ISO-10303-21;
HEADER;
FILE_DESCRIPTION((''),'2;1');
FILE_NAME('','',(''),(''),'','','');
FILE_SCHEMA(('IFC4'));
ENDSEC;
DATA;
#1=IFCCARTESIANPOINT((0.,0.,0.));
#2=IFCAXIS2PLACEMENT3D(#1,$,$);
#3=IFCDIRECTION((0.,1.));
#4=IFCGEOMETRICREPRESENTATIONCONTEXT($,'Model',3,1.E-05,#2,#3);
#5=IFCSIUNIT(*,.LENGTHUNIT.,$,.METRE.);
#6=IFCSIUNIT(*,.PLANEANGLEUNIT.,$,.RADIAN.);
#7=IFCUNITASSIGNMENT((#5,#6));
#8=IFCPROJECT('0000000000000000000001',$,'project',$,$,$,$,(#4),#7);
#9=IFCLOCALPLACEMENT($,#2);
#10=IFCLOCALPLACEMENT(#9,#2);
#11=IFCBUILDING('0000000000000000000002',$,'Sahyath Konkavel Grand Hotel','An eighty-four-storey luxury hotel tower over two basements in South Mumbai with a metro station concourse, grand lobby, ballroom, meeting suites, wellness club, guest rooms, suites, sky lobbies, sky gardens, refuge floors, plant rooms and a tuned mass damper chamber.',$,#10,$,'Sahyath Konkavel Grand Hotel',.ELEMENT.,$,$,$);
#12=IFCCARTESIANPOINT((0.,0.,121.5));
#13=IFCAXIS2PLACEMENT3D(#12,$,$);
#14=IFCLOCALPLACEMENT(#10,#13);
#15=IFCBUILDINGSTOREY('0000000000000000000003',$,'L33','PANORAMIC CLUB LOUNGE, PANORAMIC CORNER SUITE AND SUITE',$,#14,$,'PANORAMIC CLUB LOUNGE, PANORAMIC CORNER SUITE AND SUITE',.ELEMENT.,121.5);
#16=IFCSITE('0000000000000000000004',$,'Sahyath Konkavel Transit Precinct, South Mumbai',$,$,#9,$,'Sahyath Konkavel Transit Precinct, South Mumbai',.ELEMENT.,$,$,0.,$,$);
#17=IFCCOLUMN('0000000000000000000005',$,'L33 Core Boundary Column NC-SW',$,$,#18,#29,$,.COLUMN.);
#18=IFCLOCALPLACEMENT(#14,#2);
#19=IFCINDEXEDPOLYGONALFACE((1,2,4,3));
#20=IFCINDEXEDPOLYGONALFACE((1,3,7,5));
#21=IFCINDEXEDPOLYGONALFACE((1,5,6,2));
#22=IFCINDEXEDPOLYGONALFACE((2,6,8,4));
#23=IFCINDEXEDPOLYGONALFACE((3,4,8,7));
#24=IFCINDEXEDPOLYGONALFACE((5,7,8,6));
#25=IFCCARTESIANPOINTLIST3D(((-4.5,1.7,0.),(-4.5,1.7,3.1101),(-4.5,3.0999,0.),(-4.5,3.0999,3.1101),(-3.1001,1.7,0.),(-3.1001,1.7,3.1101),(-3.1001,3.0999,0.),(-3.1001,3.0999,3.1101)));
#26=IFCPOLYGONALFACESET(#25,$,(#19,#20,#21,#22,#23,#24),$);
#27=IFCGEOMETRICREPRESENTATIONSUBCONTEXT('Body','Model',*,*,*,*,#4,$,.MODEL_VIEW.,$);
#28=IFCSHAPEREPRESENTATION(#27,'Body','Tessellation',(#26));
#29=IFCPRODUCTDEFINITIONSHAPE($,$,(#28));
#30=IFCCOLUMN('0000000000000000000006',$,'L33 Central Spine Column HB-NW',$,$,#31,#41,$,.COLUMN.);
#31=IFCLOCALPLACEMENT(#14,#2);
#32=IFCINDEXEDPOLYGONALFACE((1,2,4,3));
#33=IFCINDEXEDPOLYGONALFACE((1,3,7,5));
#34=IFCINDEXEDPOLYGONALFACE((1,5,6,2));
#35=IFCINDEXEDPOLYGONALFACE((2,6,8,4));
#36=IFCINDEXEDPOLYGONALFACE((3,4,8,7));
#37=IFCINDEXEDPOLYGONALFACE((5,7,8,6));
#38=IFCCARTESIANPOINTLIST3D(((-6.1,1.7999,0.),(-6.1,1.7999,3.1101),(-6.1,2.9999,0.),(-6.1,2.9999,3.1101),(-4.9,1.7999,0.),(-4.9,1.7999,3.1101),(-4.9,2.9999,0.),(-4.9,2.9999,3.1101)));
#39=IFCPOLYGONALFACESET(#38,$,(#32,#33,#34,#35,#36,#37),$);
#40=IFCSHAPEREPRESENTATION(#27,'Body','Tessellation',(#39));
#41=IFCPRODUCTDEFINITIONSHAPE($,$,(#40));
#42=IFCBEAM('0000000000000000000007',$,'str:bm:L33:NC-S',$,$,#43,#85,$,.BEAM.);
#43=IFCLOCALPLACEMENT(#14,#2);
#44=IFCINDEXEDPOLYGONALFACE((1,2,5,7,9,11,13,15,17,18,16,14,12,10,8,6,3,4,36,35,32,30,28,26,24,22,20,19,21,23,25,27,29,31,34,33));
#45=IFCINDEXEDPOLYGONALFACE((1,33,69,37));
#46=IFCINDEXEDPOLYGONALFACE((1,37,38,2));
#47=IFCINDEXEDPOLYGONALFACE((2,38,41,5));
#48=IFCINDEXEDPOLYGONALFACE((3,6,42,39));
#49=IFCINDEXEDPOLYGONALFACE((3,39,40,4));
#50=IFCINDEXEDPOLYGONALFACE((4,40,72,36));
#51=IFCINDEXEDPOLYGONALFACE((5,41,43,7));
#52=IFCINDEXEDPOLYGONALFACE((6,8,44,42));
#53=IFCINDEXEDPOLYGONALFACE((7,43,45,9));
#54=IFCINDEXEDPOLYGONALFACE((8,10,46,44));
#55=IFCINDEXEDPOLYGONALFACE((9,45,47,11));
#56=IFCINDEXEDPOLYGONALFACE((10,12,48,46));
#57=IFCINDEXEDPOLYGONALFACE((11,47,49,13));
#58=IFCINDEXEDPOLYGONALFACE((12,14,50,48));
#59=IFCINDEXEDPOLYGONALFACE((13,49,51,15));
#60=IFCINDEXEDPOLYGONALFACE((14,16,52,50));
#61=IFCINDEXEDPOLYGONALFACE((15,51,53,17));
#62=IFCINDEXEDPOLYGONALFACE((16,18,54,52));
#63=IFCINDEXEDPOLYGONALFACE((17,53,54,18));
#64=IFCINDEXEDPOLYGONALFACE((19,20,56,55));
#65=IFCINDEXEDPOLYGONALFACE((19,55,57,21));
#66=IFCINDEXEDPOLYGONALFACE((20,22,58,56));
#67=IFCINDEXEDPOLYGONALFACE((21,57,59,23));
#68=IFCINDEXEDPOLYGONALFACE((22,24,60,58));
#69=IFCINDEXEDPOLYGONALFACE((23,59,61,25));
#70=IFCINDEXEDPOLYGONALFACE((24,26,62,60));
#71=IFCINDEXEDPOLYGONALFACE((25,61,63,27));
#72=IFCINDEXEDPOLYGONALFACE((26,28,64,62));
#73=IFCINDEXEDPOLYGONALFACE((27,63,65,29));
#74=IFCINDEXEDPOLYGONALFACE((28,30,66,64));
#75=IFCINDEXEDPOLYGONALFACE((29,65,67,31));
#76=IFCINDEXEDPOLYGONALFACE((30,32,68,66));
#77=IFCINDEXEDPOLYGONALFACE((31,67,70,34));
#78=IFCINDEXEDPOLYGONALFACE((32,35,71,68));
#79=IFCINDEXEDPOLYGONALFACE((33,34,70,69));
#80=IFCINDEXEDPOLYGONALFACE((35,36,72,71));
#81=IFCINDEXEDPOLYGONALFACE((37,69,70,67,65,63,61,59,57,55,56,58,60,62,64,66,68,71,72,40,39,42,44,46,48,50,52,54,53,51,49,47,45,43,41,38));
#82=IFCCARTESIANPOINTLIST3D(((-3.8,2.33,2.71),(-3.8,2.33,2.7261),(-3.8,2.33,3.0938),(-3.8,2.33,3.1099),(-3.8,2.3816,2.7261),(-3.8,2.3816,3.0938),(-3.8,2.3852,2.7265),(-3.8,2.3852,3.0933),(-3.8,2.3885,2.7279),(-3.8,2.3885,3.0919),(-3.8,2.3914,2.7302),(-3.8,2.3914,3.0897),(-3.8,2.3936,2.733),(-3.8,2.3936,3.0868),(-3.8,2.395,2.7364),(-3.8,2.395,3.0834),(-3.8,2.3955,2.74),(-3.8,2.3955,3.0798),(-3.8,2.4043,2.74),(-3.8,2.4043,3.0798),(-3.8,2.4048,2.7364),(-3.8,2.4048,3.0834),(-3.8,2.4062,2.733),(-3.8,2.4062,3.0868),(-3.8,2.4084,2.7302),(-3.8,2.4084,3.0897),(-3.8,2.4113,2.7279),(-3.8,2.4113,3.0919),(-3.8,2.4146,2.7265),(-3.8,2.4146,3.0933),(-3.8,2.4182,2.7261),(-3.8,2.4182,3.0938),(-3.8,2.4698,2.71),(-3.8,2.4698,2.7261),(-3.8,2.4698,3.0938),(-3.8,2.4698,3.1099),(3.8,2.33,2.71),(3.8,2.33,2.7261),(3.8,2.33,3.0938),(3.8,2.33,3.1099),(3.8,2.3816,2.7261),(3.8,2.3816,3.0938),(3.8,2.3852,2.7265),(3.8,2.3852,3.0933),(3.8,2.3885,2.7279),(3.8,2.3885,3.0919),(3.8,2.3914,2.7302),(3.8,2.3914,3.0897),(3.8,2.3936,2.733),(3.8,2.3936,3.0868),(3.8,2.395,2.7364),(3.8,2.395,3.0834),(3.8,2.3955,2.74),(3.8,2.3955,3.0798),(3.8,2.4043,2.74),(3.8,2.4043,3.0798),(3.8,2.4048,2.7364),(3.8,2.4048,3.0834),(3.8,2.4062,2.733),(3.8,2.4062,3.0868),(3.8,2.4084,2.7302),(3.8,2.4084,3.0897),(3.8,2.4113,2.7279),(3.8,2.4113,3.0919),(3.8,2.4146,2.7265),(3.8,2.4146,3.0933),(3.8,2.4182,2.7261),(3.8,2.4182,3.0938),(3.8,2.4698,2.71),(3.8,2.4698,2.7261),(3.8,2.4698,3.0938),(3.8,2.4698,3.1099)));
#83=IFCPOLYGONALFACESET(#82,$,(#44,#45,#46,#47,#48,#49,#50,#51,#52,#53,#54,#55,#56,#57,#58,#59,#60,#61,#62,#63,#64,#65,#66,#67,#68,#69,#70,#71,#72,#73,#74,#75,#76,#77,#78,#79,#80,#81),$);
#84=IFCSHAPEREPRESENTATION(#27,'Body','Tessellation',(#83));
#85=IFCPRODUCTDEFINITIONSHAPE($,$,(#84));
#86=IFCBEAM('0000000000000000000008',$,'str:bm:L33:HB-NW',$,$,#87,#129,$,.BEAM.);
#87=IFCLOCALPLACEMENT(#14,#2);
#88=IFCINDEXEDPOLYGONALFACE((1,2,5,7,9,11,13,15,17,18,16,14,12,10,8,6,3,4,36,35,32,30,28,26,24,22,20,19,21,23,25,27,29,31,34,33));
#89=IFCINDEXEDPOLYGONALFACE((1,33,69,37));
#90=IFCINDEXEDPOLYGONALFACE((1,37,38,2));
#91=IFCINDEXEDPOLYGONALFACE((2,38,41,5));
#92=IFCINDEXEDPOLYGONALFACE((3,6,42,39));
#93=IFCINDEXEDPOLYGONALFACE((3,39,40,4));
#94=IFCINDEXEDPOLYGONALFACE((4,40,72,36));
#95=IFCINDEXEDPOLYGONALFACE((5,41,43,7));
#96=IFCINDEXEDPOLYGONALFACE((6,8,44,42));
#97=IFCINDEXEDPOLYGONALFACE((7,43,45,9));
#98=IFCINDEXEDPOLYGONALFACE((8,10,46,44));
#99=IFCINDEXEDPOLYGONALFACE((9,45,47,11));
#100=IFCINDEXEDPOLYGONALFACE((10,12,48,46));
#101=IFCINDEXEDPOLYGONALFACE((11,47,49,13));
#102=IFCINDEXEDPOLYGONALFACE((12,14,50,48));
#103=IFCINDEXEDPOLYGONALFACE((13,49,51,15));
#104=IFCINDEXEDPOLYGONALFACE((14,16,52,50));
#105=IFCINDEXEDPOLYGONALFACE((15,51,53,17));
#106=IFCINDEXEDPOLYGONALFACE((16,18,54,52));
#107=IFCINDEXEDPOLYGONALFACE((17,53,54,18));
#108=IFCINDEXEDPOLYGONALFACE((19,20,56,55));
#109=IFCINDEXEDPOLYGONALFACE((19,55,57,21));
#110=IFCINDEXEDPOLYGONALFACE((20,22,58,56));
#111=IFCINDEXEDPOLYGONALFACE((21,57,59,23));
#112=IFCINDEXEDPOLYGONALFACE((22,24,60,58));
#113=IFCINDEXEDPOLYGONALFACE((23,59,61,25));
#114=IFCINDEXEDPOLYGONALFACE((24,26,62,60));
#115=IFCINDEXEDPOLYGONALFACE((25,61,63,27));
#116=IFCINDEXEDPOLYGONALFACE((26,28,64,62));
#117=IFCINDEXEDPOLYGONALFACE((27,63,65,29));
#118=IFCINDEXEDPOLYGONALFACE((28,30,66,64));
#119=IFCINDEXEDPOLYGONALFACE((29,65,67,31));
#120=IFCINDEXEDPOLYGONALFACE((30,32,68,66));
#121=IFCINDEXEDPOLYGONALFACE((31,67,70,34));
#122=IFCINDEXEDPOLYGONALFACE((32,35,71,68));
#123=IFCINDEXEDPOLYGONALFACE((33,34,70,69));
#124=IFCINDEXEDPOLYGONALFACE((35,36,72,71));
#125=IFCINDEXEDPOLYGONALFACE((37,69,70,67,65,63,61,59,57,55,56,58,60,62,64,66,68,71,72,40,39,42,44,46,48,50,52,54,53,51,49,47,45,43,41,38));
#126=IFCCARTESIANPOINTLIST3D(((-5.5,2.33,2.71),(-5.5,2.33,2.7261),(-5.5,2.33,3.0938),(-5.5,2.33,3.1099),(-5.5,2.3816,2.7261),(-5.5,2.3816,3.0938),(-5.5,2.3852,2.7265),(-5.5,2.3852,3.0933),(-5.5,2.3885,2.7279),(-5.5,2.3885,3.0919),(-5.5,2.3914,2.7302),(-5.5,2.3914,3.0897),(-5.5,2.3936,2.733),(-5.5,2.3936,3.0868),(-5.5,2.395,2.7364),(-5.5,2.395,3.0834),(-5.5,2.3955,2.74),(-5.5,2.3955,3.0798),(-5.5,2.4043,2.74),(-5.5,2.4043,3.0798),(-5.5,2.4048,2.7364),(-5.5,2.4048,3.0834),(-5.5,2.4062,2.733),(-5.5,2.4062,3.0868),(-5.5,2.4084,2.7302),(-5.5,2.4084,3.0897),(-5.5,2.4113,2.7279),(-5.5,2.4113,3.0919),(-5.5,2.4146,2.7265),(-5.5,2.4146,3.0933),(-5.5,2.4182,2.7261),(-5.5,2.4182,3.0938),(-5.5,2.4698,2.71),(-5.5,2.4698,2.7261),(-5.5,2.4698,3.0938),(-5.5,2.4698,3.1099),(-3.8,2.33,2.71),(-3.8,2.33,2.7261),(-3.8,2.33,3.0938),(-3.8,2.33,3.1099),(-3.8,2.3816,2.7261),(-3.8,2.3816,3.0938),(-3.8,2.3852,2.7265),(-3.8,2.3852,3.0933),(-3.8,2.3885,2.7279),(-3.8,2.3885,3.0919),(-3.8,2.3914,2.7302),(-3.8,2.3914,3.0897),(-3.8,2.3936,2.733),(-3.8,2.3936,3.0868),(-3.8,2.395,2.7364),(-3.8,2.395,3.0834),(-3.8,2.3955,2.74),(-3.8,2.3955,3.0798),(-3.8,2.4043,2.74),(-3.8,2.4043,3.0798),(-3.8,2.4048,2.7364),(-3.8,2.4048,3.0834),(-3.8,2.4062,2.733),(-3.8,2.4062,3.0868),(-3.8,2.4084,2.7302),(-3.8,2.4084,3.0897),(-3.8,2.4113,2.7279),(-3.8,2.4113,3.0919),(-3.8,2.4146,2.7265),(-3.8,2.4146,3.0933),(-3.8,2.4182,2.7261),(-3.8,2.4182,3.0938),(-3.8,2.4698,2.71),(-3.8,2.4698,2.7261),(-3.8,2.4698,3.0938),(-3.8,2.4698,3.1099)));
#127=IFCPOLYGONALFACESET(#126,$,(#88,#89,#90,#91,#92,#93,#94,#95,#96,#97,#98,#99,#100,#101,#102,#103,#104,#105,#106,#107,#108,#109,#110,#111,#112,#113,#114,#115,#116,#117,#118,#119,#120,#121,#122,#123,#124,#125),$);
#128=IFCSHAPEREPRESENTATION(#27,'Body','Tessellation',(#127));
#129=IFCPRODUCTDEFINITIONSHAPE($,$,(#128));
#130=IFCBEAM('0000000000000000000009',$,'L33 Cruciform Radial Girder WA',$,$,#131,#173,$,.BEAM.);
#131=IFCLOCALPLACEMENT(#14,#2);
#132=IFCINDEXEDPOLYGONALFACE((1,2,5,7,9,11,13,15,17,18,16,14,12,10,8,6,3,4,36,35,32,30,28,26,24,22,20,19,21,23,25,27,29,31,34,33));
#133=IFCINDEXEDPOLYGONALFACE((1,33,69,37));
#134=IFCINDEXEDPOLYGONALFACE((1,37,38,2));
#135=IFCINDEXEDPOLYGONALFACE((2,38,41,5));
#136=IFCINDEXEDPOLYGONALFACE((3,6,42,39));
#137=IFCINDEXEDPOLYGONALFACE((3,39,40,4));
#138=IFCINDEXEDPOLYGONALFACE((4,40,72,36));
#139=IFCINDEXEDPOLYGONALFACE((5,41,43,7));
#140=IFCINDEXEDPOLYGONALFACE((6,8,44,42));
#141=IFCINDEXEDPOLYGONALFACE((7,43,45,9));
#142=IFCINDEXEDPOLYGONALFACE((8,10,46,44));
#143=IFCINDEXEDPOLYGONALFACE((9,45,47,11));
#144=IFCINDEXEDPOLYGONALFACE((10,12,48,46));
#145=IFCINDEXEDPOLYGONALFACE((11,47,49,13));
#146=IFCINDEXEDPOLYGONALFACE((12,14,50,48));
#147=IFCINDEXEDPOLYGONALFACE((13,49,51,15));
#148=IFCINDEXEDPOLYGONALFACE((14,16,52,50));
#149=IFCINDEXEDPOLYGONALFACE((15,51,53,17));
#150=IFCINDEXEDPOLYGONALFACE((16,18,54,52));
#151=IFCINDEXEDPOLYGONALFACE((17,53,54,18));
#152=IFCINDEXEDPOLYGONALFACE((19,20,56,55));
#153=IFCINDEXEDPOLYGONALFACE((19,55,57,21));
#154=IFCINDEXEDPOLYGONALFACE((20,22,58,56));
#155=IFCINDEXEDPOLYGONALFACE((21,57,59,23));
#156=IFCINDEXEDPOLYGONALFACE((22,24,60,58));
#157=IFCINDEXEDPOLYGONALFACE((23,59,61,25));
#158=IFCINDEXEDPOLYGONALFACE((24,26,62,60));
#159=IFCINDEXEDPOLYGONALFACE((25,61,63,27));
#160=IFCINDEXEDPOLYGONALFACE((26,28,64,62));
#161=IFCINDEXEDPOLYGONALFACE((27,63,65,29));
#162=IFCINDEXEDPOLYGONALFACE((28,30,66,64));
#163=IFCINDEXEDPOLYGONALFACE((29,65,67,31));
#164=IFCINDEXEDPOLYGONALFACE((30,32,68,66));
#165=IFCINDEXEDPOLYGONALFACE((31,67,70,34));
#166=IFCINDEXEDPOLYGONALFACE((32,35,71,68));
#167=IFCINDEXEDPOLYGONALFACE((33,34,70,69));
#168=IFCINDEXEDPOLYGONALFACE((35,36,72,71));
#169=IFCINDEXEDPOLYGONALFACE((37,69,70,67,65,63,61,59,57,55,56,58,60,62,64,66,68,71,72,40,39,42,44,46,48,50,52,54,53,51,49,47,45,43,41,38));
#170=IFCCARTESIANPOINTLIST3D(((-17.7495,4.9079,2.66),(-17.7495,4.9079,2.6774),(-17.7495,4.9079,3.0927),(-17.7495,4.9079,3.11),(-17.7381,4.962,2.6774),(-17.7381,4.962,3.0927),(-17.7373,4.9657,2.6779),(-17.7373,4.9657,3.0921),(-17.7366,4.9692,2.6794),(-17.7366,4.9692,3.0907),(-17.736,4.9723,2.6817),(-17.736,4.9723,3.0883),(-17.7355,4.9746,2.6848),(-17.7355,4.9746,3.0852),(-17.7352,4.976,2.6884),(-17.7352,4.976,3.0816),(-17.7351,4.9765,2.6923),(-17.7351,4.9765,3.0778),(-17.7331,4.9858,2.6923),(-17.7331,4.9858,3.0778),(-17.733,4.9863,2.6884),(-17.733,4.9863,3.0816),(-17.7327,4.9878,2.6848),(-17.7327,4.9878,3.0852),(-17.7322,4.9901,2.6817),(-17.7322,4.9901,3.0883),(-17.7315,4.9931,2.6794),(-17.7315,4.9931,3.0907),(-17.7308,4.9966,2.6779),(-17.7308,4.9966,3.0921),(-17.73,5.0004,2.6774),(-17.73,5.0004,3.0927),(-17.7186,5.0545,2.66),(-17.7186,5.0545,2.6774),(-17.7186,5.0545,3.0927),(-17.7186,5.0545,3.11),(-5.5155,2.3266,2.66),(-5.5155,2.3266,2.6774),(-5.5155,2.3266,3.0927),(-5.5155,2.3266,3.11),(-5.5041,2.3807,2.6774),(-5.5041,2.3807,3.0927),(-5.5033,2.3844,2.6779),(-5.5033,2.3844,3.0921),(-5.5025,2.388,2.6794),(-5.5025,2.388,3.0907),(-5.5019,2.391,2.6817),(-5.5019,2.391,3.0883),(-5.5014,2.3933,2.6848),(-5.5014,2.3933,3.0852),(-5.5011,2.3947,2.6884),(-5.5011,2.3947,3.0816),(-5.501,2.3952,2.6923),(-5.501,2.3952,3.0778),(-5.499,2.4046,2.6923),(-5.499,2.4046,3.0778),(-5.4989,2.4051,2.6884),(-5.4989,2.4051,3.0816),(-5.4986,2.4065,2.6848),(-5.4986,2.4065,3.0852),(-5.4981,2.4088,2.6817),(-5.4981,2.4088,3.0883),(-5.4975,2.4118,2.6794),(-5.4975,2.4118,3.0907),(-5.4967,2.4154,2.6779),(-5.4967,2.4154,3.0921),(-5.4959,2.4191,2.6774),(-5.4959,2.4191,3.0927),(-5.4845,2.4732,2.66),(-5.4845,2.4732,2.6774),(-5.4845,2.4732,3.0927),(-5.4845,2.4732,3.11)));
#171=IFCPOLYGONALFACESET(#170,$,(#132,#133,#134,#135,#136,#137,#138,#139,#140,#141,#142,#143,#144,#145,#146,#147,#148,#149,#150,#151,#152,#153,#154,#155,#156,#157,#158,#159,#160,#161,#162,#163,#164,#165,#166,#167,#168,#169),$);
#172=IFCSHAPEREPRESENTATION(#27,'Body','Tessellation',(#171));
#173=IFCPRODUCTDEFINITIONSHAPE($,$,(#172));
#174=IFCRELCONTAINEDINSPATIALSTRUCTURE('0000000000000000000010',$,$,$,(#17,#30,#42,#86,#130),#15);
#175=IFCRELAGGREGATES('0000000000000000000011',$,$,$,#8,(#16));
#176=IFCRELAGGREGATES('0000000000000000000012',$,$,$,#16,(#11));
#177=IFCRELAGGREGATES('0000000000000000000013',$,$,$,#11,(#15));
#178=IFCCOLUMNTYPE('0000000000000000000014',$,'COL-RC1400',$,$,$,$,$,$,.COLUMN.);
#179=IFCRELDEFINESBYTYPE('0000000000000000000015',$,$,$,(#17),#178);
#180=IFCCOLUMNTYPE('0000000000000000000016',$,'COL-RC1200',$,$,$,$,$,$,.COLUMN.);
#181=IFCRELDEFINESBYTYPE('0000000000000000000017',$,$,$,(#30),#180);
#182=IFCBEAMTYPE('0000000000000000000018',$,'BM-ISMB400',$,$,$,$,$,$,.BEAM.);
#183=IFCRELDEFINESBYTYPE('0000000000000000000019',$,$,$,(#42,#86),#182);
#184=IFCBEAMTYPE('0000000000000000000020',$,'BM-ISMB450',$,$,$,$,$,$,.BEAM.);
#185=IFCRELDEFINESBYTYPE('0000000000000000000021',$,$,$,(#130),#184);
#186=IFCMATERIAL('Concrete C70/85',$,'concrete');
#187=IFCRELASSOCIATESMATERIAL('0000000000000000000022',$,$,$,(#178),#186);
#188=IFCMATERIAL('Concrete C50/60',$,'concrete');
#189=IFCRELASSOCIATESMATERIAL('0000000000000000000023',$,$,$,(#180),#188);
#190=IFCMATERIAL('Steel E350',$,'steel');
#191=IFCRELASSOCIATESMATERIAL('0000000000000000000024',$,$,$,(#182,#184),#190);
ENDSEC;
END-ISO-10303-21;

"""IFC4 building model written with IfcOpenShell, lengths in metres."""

from ifc_helpers import new_model, si_unit, direction, frame, origin, origin_2d, place, context, subcontext, project, spatial, rectangle, i_section, extrude, source, transform, mapped, material, material_profile, profile_set, type_object, element, save


model = new_model("IFC4")

# Units and contexts
model_context = context("Model", 3, precision=1e-05, world=origin(), true_north=direction((0.0, 1.0)))
body_context = subcontext(model_context, "Body", "Model", "MODEL_VIEW")
ifc_project = project(units=[si_unit("LENGTHUNIT", "METRE"), si_unit("PLANEANGLEUNIT", "RADIAN")], contexts=[model_context])

# Site, building, storey
site_placement = place(None, origin())
site = spatial("IfcSite", under=ifc_project, at=site_placement, Name="Sahyath Konkavel Transit Precinct, South Mumbai", LongName="Sahyath Konkavel Transit Precinct, South Mumbai", CompositionType="ELEMENT", RefElevation=0.0)
building_placement = place(site_placement, origin())
building = spatial("IfcBuilding", under=site, at=building_placement, Name="Sahyath Konkavel Grand Hotel", Description="An eighty-four-storey luxury hotel tower over two basements in South Mumbai with a metro station concourse, grand lobby, ballroom, meeting suites, wellness club, guest rooms, suites, sky lobbies, sky gardens, refuge floors, plant rooms and a tuned mass damper chamber.", LongName="Sahyath Konkavel Grand Hotel", CompositionType="ELEMENT")
storey_placement = place(building_placement, frame((0.0, 0.0, 121.5)))
storey = spatial("IfcBuildingStorey", under=building, at=storey_placement, Name="L33", Description="PANORAMIC CLUB LOUNGE, PANORAMIC CORNER SUITE AND SUITE", LongName="PANORAMIC CLUB LOUNGE, PANORAMIC CORNER SUITE AND SUITE", CompositionType="ELEMENT", Elevation=121.5)

# Columns
ifc_material_1 = material(Name="Concrete C70/85", Category="concrete")
ifc_material_profile_1 = material_profile(ifc_material_1, rectangle(XDim=1.3999, YDim=1.3999, at=origin_2d()), Name="RC 1400x1400")
ifc_profile_set_1 = profile_set([ifc_material_profile_1], Name="Concrete C70/85")
column_type_1 = type_object("IfcColumnType", Name="COL-RC1400", PredefinedType="COLUMN", material=ifc_profile_set_1)
shared_shape_1 = source(origin(), body_context, "Body", "SweptSolid", [
    extrude(rectangle(XDim=1.3999, YDim=1.3999, at=origin_2d()), origin(), (0.0, 0.0, 1.0), 3.1101),
])
column_1_placement = place(storey_placement, frame((-3.8, 2.3999, 0.0), z_axis=(0.0, 0.0, 1.0), x_axis=(1.0, 0.0, 0.0)))
element("IfcColumn", 1, at=column_1_placement, inside=storey, type_object=column_type_1, Name="L33 Core Boundary Column NC-SW", PredefinedType="COLUMN", context=body_context, shape_type="MappedRepresentation", body=[
    mapped(shared_shape_1, transform((0.0, 0.0, 0.0), scale=1.0)),
])
ifc_material_2 = material(Name="Concrete C50/60", Category="concrete")
ifc_material_profile_2 = material_profile(ifc_material_2, rectangle(XDim=1.2, YDim=1.2, at=origin_2d()), Name="RC 1200x1200")
ifc_profile_set_2 = profile_set([ifc_material_profile_2], Name="Concrete C50/60")
column_type_2 = type_object("IfcColumnType", Name="COL-RC1200", PredefinedType="COLUMN", material=ifc_profile_set_2)
shared_shape_2 = source(origin(), body_context, "Body", "SweptSolid", [
    extrude(rectangle(XDim=1.2, YDim=1.2, at=origin_2d()), origin(), (0.0, 0.0, 1.0), 3.1101),
])
column_2_placement = place(storey_placement, frame((-5.5, 2.3999, 0.0), z_axis=(0.0, 0.0, 1.0), x_axis=(1.0, 0.0, 0.0)))
element("IfcColumn", 2, at=column_2_placement, inside=storey, type_object=column_type_2, Name="L33 Central Spine Column HB-NW", PredefinedType="COLUMN", context=body_context, shape_type="MappedRepresentation", body=[
    mapped(shared_shape_2, transform((0.0, 0.0, 0.0), scale=1.0)),
])

# Beams
ifc_material_3 = material(Name="Steel E350", Category="steel")
ifc_material_profile_3 = material_profile(ifc_material_3, i_section(OverallWidth=0.1399, OverallDepth=0.3999, WebThickness=0.0088, FlangeThickness=0.0161, FilletRadius=0.0139, at=origin_2d()), Name="ISMB 400")
ifc_profile_set_3 = profile_set([ifc_material_profile_3], Name="Steel E350")
beam_type_1 = type_object("IfcBeamType", Name="BM-ISMB400", PredefinedType="BEAM", material=ifc_profile_set_3)
shared_shape_3 = source(origin(), body_context, "Body", "SweptSolid", [
    extrude(i_section(OverallWidth=0.1399, OverallDepth=0.3999, WebThickness=0.0088, FlangeThickness=0.0161, FilletRadius=0.0139, at=origin_2d()), origin(), (0.0, 0.0, 1.0), 7.6001),
])
beam_1_placement = place(storey_placement, frame((-3.8, 2.3999, 2.9099), z_axis=(1.0, 0.0, 0.0), x_axis=(0.0, 1.0, 0.0)))
element("IfcBeam", 3, at=beam_1_placement, inside=storey, type_object=beam_type_1, Name="str:bm:L33:NC-S", PredefinedType="BEAM", context=body_context, shape_type="MappedRepresentation", body=[
    mapped(shared_shape_3, transform((0.0, 0.0, 0.0), scale=1.0)),
])
shared_shape_4 = source(origin(), body_context, "Body", "SweptSolid", [
    extrude(i_section(OverallWidth=0.1399, OverallDepth=0.3999, WebThickness=0.0088, FlangeThickness=0.0161, FilletRadius=0.0139, at=origin_2d()), origin(), (0.0, 0.0, 1.0), 1.7),
])
beam_2_placement = place(storey_placement, frame((-5.5, 2.3999, 2.9099), z_axis=(1.0, 0.0, 0.0), x_axis=(0.0, 1.0, 0.0)))
element("IfcBeam", 4, at=beam_2_placement, inside=storey, type_object=beam_type_1, Name="str:bm:L33:HB-NW", PredefinedType="BEAM", context=body_context, shape_type="MappedRepresentation", body=[
    mapped(shared_shape_4, transform((0.0, 0.0, 0.0), scale=1.0)),
])
ifc_material_profile_4 = material_profile(ifc_material_3, i_section(OverallWidth=0.1499, OverallDepth=0.45, WebThickness=0.0095, FlangeThickness=0.0173, FilletRadius=0.0149, at=origin_2d()), Name="ISMB 450")
ifc_profile_set_4 = profile_set([ifc_material_profile_4], Name="Steel E350")
beam_type_2 = type_object("IfcBeamType", Name="BM-ISMB450", PredefinedType="BEAM", material=ifc_profile_set_4)
shared_shape_5 = source(origin(), body_context, "Body", "SweptSolid", [
    extrude(i_section(OverallWidth=0.1499, OverallDepth=0.45, WebThickness=0.0095, FlangeThickness=0.0173, FilletRadius=0.0149, at=origin_2d()), origin(), (0.0, 0.0, 1.0), 12.5034),
])
beam_3_placement = place(storey_placement, frame((-5.5, 2.3999, 2.885), z_axis=(-0.978458, 0.206446, 0.0), x_axis=(-0.206446, -0.978458, 0.0)))
element("IfcBeam", 5, at=beam_3_placement, inside=storey, type_object=beam_type_2, Name="L33 Cruciform Radial Girder WA", PredefinedType="BEAM", context=body_context, shape_type="MappedRepresentation", body=[
    mapped(shared_shape_5, transform((0.0, 0.0, 0.0), scale=1.0)),
])

save(model, "model.ifc")
